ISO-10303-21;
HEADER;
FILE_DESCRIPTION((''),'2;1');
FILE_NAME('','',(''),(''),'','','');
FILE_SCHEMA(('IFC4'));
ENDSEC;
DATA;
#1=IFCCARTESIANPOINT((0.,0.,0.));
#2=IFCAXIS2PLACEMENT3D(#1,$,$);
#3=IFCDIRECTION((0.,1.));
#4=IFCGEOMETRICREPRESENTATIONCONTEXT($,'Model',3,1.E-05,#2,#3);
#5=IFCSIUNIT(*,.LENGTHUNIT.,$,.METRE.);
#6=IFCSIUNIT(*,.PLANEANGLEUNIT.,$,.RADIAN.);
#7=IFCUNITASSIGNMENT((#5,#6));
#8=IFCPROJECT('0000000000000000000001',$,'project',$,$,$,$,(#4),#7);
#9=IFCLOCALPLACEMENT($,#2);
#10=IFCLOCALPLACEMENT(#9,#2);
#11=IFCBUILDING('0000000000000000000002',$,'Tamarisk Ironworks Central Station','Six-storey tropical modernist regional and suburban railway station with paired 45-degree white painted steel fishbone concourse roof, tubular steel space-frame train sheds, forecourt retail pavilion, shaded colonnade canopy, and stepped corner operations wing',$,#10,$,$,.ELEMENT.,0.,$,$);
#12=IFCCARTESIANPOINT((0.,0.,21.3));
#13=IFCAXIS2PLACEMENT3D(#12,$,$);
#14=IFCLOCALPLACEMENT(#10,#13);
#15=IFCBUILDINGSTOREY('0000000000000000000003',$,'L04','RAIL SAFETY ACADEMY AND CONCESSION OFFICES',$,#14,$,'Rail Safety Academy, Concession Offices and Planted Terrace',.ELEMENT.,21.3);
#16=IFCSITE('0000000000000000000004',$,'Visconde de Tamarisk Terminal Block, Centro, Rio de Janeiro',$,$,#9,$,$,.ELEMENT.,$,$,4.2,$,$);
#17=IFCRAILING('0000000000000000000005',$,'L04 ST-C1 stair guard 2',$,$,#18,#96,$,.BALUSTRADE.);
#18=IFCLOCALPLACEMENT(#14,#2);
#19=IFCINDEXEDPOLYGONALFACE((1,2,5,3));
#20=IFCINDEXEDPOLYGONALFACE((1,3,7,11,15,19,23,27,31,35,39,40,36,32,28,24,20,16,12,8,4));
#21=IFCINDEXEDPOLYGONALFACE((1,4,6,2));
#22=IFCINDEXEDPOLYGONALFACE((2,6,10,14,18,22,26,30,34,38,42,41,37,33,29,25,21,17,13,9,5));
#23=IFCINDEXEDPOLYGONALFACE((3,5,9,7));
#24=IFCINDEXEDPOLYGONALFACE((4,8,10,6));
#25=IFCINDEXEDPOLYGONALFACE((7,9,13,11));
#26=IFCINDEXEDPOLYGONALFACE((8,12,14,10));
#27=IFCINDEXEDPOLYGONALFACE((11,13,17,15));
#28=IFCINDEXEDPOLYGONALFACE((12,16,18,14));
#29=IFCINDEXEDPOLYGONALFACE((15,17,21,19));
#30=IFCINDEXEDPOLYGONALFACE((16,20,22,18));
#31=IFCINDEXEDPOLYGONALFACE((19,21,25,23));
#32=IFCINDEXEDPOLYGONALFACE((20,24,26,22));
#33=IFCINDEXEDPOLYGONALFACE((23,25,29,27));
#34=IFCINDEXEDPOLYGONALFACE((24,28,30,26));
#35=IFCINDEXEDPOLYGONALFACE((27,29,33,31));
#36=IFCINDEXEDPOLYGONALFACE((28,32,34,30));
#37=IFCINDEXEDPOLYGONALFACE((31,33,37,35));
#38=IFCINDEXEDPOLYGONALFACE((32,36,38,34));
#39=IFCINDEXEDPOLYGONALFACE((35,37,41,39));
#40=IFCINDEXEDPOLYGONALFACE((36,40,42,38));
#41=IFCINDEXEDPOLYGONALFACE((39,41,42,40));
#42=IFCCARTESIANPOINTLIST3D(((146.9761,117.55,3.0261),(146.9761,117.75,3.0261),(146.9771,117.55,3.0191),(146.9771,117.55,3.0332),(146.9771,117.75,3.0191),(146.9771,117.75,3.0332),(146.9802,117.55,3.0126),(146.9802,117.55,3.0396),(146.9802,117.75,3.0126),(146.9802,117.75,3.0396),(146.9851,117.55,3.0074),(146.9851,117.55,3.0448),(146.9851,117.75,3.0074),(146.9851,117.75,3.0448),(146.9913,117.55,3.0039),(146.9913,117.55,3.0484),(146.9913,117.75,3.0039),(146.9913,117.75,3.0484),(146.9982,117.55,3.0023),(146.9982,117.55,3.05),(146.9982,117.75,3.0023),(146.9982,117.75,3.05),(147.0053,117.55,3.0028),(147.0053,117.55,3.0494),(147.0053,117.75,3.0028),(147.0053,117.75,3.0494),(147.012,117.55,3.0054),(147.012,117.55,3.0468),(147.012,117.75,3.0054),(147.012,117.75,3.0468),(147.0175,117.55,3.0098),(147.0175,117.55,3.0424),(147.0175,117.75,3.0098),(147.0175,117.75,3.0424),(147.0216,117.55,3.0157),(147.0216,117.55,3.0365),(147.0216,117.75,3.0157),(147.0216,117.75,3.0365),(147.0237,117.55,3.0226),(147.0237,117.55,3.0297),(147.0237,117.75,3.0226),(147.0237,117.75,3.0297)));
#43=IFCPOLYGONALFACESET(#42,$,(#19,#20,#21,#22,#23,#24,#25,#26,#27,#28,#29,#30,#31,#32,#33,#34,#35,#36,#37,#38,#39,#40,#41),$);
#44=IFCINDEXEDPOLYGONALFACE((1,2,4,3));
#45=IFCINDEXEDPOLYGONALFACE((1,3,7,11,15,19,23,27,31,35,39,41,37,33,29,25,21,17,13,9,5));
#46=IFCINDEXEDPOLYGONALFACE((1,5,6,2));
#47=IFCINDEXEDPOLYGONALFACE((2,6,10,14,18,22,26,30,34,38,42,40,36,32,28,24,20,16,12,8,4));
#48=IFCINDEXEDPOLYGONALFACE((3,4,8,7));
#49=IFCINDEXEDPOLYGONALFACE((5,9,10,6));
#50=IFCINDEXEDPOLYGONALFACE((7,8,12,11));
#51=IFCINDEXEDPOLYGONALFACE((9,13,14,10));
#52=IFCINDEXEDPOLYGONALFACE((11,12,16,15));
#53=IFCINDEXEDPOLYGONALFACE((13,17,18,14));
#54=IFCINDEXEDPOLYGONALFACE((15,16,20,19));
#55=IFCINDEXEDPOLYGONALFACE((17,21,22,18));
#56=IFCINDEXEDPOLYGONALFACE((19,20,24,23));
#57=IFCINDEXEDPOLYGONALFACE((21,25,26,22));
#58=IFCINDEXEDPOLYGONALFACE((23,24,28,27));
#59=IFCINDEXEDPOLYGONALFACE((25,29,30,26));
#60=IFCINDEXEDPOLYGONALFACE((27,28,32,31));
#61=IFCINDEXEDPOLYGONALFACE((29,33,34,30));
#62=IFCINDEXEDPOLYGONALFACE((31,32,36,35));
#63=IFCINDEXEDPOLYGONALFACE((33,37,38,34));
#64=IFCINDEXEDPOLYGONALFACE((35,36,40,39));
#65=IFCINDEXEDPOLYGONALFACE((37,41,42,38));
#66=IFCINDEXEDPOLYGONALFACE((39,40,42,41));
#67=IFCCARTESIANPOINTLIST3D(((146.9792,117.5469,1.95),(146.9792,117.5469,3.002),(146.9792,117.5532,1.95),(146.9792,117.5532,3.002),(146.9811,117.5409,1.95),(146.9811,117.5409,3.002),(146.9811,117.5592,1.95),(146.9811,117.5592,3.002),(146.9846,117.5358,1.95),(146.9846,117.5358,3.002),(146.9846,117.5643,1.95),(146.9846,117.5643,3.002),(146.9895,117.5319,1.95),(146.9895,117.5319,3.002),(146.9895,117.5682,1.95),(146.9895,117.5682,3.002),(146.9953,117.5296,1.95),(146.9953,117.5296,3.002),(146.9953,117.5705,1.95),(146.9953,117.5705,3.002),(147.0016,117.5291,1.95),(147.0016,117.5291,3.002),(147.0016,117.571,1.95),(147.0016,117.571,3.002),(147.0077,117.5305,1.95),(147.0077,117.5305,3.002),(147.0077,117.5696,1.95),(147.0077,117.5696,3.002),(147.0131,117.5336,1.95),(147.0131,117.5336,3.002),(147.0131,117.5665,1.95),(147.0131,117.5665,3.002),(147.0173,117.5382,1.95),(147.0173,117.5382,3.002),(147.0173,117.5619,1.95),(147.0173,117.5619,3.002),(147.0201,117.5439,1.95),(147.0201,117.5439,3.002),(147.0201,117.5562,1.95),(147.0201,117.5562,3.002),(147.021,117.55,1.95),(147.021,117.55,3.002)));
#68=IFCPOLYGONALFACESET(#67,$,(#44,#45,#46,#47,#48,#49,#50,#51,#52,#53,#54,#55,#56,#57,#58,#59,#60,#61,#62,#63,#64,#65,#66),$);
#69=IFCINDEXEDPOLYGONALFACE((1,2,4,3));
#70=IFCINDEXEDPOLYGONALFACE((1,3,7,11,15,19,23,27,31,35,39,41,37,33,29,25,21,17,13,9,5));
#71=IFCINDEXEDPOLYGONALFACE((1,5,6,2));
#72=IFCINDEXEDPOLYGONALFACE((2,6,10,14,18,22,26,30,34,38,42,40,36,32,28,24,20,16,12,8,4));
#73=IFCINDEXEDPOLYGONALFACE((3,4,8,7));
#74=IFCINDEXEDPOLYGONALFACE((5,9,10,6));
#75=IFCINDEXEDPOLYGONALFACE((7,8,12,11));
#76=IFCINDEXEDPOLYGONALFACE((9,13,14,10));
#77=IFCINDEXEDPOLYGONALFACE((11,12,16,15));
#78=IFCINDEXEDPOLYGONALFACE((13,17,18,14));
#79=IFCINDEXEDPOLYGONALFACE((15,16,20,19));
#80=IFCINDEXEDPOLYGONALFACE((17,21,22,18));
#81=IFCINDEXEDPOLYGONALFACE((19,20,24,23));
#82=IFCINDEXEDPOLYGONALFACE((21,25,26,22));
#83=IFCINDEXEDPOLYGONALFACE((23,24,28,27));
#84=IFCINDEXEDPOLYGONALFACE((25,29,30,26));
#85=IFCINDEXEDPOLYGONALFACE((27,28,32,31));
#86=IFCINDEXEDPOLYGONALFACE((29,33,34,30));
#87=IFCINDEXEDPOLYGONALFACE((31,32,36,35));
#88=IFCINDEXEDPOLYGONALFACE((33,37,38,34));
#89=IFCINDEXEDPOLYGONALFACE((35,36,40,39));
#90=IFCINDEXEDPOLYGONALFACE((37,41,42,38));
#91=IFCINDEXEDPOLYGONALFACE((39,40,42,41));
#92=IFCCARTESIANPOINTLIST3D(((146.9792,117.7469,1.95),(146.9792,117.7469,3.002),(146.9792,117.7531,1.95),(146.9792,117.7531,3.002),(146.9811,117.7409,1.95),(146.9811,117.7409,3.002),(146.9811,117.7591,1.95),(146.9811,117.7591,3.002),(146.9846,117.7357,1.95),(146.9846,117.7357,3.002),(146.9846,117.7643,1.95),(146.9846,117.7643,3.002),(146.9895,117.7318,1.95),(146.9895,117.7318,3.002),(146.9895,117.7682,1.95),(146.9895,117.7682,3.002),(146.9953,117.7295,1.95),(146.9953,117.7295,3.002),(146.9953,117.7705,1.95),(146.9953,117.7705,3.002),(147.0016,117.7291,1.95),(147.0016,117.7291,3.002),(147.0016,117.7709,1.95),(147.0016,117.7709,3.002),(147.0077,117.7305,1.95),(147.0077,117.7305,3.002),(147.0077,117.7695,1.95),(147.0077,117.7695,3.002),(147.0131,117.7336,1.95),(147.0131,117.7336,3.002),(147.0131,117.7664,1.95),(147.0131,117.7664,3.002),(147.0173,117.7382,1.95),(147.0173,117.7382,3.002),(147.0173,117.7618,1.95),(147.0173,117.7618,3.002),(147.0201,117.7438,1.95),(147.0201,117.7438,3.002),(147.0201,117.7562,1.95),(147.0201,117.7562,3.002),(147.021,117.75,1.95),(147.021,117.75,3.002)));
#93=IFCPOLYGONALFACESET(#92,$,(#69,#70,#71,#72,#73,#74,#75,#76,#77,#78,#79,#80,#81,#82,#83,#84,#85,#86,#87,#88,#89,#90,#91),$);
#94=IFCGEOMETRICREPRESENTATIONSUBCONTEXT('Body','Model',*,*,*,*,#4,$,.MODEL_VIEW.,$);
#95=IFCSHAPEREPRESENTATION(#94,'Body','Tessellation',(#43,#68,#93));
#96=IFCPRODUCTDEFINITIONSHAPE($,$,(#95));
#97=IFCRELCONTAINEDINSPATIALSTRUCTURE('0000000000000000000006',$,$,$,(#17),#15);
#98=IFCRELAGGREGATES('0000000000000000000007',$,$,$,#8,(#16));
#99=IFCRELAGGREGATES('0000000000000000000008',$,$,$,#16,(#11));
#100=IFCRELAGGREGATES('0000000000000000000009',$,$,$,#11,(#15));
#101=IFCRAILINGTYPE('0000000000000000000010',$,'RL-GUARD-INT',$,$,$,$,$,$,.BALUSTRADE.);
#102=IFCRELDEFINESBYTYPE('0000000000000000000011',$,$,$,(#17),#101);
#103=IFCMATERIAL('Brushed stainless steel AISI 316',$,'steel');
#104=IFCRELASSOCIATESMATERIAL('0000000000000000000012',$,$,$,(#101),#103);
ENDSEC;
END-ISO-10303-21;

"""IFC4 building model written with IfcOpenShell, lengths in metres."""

from ifc_helpers import new_model, si_unit, direction, frame, origin, origin_2d, place, context, subcontext, project, spatial, circle, extrude, material, type_object, element, save


model = new_model("IFC4")

# Units and contexts
model_context = context("Model", 3, precision=1e-05, world=origin(), true_north=direction((0.0, 1.0)))
body_context = subcontext(model_context, "Body", "Model", "MODEL_VIEW")
ifc_project = project(units=[si_unit("LENGTHUNIT", "METRE"), si_unit("PLANEANGLEUNIT", "RADIAN")], contexts=[model_context])

# Site, building, storey
site_placement = place(None, origin())
site = spatial("IfcSite", under=ifc_project, at=site_placement, Name="Visconde de Tamarisk Terminal Block, Centro, Rio de Janeiro", CompositionType="ELEMENT", RefElevation=4.2)
building_placement = place(site_placement, origin())
building = spatial("IfcBuilding", under=site, at=building_placement, Name="Tamarisk Ironworks Central Station", Description="Six-storey tropical modernist regional and suburban railway station with paired 45-degree white painted steel fishbone concourse roof, tubular steel space-frame train sheds, forecourt retail pavilion, shaded colonnade canopy, and stepped corner operations wing", CompositionType="ELEMENT", ElevationOfRefHeight=0.0)
storey_placement = place(building_placement, frame((0.0, 0.0, 21.3)))
storey = spatial("IfcBuildingStorey", under=building, at=storey_placement, Name="L04", Description="RAIL SAFETY ACADEMY AND CONCESSION OFFICES", LongName="Rail Safety Academy, Concession Offices and Planted Terrace", CompositionType="ELEMENT", Elevation=21.3)

# Shared definitions
ifc_material_1 = material(Name="Brushed stainless steel AISI 316", Category="steel")

# Railing
railing_type_1 = type_object("IfcRailingType", Name="RL-GUARD-INT", PredefinedType="BALUSTRADE", material=ifc_material_1)
railing_1_placement = place(storey_placement, frame((147.0, 117.55, 1.95)))
element("IfcRailing", 1, at=railing_1_placement, inside=storey, type_object=railing_type_1, Name="L04 ST-C1 stair guard 2", PredefinedType="BALUSTRADE", context=body_context, shape_type="SweptSolid", body=[
    extrude(circle(Radius=0.0239, at=origin_2d()), frame((0.0, 0.0, 1.0762), z_axis=(0.0, 1.0, 0.0), x_axis=(-1.0, 0.0, 0.0)), (0.0, 0.0, 1.0), 0.2),
    extrude(circle(Radius=0.021, at=origin_2d()), origin(), (0.0, 0.0, 1.0), 1.052),
    extrude(circle(Radius=0.021, at=origin_2d()), frame((0.0, 0.2, 0.0)), (0.0, 0.0, 1.0), 1.052),
])

save(model, "model.ifc")
